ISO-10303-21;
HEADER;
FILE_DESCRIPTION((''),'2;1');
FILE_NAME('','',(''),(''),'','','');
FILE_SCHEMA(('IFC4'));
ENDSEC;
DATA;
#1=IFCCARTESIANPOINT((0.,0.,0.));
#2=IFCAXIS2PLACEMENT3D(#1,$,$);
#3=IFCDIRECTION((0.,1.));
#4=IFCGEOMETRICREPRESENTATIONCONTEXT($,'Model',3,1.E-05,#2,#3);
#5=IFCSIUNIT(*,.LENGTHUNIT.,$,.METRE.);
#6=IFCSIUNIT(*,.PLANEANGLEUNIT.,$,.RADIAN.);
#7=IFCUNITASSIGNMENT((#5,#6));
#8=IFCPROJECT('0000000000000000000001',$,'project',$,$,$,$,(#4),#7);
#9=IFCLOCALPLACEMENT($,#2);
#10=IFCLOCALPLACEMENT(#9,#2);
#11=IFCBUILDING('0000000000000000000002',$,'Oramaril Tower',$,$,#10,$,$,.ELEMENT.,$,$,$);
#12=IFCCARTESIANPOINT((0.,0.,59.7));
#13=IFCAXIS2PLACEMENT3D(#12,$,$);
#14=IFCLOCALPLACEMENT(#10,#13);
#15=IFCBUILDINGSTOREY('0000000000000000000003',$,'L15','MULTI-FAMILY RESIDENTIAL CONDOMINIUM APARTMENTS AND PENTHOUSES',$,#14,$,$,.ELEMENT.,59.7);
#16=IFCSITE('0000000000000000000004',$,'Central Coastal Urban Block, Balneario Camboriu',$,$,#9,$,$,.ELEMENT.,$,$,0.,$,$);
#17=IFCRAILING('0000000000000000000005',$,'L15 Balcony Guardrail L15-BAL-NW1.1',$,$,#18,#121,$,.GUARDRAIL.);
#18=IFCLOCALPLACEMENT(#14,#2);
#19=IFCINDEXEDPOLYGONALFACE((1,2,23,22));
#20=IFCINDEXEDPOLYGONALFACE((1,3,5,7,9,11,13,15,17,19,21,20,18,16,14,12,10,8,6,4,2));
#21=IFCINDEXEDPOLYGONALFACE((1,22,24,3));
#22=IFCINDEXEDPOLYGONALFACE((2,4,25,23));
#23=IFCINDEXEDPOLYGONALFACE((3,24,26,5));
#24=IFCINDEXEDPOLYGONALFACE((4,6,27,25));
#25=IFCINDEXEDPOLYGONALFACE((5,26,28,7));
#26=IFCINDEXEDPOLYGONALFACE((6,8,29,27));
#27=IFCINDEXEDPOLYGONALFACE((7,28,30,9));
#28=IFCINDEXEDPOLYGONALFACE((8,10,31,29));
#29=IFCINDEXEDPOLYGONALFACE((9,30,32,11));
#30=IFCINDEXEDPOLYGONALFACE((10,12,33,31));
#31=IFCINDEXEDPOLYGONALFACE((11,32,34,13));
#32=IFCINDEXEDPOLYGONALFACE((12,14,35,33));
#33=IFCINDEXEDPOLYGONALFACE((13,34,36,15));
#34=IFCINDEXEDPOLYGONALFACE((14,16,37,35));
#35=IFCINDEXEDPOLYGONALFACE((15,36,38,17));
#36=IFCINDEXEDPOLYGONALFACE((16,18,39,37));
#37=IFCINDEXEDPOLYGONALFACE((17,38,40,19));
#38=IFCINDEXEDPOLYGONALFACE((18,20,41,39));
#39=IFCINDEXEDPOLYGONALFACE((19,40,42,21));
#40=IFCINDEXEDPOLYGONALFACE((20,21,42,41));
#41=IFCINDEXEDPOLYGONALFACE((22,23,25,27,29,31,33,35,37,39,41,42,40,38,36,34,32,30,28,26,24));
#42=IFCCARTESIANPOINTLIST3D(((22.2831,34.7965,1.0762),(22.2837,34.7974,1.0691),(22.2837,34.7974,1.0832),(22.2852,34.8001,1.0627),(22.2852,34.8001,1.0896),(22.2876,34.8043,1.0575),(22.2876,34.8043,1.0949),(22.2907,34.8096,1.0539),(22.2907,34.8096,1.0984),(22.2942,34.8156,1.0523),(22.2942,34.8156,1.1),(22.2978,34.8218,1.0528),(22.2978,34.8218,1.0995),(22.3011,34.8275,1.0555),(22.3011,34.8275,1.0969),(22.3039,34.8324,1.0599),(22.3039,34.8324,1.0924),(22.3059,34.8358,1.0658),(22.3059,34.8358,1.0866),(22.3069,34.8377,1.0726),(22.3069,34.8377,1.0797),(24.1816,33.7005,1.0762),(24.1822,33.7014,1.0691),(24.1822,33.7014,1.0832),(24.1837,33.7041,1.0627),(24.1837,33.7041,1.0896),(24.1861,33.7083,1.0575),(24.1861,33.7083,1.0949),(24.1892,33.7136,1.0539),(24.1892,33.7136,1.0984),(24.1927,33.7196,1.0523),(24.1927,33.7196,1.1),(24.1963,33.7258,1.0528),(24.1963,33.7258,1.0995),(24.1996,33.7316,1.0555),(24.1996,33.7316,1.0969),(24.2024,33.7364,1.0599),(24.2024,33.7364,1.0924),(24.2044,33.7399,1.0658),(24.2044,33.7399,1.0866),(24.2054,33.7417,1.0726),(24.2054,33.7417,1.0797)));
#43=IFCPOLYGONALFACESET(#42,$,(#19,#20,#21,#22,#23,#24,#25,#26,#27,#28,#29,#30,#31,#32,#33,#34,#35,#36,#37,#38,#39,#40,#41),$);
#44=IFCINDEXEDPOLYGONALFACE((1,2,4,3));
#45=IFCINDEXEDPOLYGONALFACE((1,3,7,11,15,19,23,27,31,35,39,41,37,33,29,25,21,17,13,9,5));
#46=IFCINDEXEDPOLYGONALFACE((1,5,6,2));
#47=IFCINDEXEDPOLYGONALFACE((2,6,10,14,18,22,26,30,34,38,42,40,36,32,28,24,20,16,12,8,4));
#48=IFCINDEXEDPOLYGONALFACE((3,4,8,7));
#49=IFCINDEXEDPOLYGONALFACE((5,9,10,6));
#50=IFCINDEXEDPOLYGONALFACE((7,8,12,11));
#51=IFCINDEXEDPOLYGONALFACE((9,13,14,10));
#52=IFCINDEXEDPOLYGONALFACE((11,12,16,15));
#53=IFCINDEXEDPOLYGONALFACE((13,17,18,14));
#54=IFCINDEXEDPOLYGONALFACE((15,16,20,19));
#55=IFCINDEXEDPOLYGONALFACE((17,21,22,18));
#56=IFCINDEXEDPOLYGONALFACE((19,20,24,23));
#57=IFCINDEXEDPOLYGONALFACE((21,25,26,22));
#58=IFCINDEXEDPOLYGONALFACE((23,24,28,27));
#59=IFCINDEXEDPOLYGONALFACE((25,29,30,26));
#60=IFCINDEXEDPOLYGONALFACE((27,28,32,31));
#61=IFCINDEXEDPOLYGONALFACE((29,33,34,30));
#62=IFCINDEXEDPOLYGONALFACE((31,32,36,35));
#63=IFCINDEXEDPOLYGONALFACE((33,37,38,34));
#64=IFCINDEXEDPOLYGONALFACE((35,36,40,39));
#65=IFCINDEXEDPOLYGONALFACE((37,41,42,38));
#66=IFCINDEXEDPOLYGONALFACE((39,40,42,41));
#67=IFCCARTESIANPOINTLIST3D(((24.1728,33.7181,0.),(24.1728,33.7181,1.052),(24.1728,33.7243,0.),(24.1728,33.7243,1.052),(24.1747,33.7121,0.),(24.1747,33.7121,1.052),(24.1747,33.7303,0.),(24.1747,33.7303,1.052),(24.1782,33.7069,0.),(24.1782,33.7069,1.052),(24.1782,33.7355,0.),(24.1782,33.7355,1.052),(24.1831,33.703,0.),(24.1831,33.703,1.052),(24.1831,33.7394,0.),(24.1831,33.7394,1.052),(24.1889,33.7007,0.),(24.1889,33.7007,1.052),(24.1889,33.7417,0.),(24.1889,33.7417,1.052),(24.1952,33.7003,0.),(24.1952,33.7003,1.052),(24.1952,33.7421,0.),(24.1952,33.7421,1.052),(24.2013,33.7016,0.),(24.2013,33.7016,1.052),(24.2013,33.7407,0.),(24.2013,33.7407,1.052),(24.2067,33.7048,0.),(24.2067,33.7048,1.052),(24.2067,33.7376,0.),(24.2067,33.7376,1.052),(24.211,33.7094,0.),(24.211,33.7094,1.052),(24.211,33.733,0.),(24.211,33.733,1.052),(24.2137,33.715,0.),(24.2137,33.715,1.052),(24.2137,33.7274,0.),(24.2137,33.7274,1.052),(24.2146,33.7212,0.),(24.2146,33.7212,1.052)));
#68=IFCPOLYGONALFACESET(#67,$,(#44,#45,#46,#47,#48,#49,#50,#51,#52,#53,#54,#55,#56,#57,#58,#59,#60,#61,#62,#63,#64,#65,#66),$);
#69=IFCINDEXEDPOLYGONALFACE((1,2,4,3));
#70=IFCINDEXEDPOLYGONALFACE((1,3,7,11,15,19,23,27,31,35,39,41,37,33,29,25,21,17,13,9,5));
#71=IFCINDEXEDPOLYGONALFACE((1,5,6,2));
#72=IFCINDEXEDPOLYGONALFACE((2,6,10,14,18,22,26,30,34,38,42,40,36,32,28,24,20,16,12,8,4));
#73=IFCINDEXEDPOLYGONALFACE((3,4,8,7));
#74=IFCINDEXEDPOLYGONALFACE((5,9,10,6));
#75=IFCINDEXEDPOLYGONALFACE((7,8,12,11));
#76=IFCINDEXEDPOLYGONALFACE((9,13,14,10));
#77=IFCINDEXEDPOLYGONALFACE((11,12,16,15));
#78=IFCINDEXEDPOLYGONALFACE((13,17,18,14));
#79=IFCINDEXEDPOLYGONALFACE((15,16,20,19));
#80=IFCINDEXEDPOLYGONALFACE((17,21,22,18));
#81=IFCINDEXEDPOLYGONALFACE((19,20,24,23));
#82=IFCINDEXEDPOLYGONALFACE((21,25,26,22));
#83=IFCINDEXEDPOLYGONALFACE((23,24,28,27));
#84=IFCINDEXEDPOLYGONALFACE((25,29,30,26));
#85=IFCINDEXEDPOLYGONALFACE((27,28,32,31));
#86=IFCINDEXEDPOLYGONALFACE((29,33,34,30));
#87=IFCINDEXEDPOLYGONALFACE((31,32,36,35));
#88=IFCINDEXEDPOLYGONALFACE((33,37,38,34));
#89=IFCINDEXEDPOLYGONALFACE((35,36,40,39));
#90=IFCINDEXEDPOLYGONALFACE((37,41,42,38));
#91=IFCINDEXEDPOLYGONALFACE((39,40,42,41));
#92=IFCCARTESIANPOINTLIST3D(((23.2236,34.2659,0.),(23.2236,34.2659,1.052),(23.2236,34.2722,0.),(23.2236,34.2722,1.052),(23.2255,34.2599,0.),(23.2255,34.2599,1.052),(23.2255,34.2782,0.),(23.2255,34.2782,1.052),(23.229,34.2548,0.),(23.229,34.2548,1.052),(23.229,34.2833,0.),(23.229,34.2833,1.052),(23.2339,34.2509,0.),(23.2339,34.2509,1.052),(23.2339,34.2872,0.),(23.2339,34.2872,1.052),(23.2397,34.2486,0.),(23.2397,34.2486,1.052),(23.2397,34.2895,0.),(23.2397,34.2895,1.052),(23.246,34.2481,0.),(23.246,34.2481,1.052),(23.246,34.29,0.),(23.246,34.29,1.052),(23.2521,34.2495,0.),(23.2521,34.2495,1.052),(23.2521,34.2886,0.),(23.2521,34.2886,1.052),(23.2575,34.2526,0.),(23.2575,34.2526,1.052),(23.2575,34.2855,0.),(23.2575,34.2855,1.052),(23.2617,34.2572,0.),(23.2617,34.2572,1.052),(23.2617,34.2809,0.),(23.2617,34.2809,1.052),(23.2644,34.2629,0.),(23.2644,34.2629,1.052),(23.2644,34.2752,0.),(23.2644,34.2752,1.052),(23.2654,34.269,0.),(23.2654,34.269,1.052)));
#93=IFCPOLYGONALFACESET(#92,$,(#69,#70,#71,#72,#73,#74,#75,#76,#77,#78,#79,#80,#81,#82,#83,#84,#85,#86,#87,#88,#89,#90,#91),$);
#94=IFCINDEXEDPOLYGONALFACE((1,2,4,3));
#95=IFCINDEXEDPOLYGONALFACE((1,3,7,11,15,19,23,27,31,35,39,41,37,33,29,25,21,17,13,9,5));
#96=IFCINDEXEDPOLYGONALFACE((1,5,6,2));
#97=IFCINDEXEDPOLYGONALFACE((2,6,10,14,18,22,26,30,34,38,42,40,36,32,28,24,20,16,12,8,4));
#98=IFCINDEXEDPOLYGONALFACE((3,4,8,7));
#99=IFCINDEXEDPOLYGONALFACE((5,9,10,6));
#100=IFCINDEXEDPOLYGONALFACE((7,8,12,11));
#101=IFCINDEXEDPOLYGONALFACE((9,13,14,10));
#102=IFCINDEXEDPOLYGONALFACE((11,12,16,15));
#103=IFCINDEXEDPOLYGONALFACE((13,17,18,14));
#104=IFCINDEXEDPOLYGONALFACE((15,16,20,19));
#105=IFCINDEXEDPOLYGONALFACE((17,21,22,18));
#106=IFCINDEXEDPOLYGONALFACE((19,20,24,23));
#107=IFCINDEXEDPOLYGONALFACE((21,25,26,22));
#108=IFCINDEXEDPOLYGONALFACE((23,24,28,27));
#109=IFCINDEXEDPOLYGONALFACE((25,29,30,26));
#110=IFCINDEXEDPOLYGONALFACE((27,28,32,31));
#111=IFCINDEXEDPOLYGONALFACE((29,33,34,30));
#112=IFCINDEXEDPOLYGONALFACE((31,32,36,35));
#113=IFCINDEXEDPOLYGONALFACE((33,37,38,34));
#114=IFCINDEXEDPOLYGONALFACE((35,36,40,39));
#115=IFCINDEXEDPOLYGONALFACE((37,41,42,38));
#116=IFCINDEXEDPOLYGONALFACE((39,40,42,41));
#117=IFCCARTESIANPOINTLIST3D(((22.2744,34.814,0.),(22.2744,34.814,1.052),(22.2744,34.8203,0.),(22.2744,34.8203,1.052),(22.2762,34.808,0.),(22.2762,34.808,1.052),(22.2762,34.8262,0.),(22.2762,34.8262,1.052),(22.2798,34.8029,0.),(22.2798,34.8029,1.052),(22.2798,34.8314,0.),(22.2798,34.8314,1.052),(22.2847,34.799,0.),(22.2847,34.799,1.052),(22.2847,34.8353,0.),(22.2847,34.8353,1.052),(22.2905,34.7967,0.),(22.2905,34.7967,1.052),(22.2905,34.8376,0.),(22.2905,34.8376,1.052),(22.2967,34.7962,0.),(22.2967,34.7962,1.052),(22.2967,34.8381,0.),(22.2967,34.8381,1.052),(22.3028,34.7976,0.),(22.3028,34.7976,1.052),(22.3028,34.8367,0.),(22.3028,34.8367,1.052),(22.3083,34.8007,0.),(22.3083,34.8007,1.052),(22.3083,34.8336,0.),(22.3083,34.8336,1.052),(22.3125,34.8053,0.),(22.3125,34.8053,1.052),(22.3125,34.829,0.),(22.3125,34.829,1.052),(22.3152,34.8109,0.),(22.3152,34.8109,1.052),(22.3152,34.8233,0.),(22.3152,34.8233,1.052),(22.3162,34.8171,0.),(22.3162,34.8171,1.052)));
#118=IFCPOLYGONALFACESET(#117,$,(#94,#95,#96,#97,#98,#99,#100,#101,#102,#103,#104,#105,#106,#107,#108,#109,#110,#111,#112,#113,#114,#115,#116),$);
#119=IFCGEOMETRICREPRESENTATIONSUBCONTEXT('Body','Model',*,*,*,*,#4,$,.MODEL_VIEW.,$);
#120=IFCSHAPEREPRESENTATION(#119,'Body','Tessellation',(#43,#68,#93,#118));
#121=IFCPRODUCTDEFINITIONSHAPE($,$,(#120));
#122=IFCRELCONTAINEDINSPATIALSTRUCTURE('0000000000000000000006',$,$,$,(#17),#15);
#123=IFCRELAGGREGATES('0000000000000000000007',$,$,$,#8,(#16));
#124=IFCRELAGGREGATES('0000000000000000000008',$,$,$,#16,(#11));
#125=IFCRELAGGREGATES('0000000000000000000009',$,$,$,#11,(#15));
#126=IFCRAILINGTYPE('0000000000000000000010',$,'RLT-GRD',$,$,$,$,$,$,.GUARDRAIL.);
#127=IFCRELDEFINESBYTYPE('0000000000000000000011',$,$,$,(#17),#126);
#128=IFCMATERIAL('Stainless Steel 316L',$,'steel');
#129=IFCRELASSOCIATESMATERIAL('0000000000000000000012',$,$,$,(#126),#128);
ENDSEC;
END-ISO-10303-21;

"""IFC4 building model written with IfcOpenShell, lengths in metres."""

from ifc_helpers import new_model, si_unit, direction, frame, origin, origin_2d, place, context, subcontext, project, spatial, circle, extrude, material, type_object, element, save


model = new_model("IFC4")

# Units and contexts
model_context = context("Model", 3, precision=1e-05, world=origin(), true_north=direction((0.0, 1.0)))
body_context = subcontext(model_context, "Body", "Model", "MODEL_VIEW")
ifc_project = project(units=[si_unit("LENGTHUNIT", "METRE"), si_unit("PLANEANGLEUNIT", "RADIAN")], contexts=[model_context])

# Site, building, storey
site_placement = place(None, origin())
site = spatial("IfcSite", under=ifc_project, at=site_placement, Name="Central Coastal Urban Block, Balneario Camboriu", CompositionType="ELEMENT", RefElevation=0.0)
building_placement = place(site_placement, origin())
building = spatial("IfcBuilding", under=site, at=building_placement, Name="Oramaril Tower", CompositionType="ELEMENT")
storey_placement = place(building_placement, frame((0.0, 0.0, 59.7)))
storey = spatial("IfcBuildingStorey", under=building, at=storey_placement, Name="L15", Description="MULTI-FAMILY RESIDENTIAL CONDOMINIUM APARTMENTS AND PENTHOUSES", CompositionType="ELEMENT", Elevation=59.7)

# Railing
ifc_material_1 = material(Name="Stainless Steel 316L", Category="steel")
railing_type = type_object("IfcRailingType", Name="RLT-GRD", PredefinedType="GUARDRAIL", material=ifc_material_1)
railing_1_placement = place(storey_placement, frame((24.1936, 33.7212, 0.0)))
element("IfcRailing", 1, at=railing_1_placement, inside=storey, type_object=railing_type, Name="L15 Balcony Guardrail L15-BAL-NW1.1", PredefinedType="GUARDRAIL", context=body_context, shape_type="SweptSolid", body=[
    extrude(circle(Radius=0.0239, at=origin_2d()), frame((0.0, 0.0, 1.0762), z_axis=(-0.866048, 0.49996, 0.0), x_axis=(-0.49996, -0.866048, 0.0)), (0.0, 0.0, 1.0), 2.1921),
    extrude(circle(Radius=0.021, at=origin_2d()), origin(), (0.0, 0.0, 1.0), 1.052),
    extrude(circle(Radius=0.021, at=origin_2d()), frame((-0.9492, 0.5479, 0.0)), (0.0, 0.0, 1.0), 1.052),
    extrude(circle(Radius=0.021, at=origin_2d()), frame((-1.8984, 1.0959, 0.0)), (0.0, 0.0, 1.0), 1.052),
])

save(model, "model.ifc")
